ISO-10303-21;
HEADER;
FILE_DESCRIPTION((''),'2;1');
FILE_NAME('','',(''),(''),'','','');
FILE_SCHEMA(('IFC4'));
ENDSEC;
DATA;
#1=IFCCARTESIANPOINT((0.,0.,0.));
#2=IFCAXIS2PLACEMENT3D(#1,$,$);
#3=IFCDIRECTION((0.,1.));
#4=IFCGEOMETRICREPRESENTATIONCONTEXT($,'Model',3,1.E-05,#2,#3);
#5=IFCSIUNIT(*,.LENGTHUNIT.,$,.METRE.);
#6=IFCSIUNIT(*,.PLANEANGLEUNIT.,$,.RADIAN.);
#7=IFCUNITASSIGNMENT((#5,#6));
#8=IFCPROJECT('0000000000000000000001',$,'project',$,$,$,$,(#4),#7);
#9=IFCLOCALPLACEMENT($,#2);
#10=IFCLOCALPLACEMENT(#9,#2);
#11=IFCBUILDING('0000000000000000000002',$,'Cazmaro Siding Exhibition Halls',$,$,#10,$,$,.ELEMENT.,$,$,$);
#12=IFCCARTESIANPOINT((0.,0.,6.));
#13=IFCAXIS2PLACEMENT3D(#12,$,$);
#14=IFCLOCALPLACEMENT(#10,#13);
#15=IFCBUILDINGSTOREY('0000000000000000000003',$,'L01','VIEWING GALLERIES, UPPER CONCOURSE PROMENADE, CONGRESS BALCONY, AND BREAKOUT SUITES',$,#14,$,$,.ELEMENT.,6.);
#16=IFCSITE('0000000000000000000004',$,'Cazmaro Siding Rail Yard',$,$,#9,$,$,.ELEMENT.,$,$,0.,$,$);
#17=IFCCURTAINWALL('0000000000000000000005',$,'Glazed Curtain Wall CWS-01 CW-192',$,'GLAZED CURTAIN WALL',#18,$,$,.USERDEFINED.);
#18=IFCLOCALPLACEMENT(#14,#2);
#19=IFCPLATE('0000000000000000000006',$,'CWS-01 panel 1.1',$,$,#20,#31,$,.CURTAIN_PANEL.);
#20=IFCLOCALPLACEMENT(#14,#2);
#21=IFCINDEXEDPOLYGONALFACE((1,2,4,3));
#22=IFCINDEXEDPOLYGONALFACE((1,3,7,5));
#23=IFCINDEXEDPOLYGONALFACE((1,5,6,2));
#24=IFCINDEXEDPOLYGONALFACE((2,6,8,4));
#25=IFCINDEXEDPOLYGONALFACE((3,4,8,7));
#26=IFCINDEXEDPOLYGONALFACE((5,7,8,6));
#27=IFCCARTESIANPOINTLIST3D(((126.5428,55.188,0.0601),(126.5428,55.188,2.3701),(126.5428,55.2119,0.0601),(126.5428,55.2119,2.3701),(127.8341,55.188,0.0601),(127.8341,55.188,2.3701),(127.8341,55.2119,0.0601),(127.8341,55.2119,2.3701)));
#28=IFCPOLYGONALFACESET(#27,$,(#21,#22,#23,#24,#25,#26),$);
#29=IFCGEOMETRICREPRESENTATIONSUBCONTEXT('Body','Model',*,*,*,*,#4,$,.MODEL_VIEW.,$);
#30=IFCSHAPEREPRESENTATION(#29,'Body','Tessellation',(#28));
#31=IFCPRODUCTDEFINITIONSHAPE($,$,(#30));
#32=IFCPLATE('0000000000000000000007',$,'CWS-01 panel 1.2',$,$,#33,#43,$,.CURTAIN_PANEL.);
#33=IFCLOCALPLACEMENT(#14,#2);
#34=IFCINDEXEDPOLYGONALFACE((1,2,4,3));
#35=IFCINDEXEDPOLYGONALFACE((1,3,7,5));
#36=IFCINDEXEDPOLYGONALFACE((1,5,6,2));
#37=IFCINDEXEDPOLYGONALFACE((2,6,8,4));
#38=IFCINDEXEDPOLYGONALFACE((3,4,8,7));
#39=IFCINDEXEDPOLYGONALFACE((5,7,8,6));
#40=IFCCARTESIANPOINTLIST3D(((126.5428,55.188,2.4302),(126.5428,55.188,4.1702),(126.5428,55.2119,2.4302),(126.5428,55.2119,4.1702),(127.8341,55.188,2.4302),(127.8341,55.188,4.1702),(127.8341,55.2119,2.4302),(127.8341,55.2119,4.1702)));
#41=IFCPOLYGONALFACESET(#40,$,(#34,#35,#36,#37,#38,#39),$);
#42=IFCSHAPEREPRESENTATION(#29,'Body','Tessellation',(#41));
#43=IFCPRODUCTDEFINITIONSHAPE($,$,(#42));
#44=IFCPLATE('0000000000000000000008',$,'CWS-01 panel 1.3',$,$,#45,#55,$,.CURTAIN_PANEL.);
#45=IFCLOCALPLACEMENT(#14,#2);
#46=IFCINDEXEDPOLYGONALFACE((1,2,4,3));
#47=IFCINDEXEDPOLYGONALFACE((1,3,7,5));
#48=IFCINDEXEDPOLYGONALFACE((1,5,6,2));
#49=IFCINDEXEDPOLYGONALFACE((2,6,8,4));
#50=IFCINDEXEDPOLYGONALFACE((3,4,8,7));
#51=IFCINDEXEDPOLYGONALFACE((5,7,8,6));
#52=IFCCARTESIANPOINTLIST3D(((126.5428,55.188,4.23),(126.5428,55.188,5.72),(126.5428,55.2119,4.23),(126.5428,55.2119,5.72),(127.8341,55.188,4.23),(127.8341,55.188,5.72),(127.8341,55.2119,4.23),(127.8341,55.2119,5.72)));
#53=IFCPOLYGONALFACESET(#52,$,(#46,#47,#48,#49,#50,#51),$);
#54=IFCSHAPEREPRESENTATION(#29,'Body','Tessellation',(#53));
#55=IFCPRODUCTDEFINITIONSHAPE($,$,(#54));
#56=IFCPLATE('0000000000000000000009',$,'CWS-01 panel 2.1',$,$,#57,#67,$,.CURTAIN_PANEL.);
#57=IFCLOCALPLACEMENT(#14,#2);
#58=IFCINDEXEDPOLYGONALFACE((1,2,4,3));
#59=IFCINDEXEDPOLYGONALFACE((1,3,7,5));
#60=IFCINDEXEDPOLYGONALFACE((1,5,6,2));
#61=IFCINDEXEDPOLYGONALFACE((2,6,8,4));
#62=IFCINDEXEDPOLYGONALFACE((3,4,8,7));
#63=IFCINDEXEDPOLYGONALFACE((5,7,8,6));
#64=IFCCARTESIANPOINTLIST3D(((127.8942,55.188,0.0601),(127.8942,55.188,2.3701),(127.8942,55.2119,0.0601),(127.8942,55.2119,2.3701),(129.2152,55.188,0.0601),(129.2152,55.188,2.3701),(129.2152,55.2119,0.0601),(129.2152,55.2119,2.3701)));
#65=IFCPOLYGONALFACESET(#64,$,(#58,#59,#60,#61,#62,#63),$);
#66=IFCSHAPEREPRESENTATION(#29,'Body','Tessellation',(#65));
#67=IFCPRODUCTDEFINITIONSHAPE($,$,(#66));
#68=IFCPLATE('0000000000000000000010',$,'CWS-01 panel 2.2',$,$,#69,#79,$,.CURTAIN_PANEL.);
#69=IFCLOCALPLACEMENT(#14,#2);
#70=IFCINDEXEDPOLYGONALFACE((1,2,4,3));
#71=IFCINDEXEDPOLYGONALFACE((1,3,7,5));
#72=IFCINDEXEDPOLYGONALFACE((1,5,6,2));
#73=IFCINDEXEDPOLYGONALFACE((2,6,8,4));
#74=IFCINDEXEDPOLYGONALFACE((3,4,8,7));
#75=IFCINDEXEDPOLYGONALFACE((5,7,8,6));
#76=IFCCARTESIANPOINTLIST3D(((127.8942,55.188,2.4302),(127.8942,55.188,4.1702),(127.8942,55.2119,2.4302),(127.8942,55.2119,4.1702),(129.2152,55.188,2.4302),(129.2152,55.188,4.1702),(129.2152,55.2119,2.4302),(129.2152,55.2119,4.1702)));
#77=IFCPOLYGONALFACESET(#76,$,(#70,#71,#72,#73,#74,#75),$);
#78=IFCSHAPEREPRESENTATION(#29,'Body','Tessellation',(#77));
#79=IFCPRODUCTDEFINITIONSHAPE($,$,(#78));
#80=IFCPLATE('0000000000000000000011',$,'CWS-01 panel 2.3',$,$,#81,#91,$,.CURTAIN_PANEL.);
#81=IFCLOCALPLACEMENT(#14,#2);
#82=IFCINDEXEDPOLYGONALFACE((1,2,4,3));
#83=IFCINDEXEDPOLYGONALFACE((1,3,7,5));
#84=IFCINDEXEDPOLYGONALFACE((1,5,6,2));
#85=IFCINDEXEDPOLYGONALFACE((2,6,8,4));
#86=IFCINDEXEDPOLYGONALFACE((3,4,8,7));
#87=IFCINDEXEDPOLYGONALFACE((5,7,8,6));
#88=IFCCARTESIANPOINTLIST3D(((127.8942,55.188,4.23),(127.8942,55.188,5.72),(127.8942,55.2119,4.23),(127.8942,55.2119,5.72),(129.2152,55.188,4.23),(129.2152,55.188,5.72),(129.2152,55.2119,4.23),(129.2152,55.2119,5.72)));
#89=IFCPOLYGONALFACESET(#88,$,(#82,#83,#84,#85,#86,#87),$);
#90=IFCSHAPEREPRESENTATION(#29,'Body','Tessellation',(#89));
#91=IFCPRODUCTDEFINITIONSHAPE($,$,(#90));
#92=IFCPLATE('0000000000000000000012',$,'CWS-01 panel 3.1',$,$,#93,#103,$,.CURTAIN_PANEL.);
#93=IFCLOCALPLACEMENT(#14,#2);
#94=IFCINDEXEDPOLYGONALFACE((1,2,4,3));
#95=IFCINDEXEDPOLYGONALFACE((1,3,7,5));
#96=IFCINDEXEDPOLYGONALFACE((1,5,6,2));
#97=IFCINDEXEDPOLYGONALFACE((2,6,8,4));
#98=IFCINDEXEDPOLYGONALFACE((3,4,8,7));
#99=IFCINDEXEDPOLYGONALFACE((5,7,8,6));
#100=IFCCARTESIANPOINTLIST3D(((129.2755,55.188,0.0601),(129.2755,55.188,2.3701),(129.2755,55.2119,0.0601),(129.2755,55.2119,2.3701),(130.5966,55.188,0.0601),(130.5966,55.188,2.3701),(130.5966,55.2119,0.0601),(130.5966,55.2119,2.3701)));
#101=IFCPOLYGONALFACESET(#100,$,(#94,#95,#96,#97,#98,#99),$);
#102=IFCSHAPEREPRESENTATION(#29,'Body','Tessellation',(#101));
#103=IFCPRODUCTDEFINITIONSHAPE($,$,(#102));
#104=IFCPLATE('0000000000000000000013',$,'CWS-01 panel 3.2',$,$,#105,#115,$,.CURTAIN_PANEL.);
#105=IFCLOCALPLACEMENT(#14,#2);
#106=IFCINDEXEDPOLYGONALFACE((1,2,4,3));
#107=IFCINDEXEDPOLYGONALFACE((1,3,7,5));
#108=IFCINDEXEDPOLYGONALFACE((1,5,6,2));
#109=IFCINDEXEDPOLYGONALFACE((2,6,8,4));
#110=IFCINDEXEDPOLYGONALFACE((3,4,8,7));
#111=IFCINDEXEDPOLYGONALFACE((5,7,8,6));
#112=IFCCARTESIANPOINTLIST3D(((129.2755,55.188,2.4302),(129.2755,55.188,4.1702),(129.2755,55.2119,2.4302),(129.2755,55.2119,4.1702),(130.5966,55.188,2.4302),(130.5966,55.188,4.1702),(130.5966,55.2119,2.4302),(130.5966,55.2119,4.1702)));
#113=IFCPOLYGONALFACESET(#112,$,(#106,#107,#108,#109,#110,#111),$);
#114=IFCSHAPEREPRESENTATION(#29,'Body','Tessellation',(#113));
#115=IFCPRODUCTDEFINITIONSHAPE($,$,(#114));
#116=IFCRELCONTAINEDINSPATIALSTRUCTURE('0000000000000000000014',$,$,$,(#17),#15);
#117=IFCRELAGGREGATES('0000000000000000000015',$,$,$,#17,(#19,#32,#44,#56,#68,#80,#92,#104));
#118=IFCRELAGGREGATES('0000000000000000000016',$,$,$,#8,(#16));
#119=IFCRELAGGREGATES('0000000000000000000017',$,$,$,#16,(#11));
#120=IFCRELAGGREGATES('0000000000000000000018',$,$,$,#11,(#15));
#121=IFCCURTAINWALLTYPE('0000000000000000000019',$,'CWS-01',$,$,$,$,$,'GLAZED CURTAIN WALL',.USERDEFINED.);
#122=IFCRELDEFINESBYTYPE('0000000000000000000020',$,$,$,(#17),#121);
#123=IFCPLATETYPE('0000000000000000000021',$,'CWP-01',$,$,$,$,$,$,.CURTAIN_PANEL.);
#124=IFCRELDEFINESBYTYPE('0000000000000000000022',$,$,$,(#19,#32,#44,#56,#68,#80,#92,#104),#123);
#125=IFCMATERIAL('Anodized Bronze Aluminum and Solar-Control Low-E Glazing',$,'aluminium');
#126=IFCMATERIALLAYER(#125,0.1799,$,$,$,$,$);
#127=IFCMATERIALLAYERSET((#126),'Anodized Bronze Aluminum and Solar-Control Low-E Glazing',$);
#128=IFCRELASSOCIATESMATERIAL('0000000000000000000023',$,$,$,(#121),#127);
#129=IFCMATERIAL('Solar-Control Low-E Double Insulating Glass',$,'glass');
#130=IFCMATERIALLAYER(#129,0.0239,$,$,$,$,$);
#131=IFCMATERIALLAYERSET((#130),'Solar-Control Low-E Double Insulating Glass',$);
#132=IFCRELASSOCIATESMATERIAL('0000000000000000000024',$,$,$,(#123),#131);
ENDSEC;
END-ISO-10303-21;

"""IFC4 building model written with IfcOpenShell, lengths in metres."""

from ifc_helpers import new_model, si_unit, direction, frame, origin, origin_2d, place, context, subcontext, project, spatial, rectangle, extrude, material, layer, layer_set, type_object, element, aggregate, save


model = new_model("IFC4")

# Units and contexts
model_context = context("Model", 3, precision=1e-05, world=origin(), true_north=direction((0.0, 1.0)))
body_context = subcontext(model_context, "Body", "Model", "MODEL_VIEW")
ifc_project = project(units=[si_unit("LENGTHUNIT", "METRE"), si_unit("PLANEANGLEUNIT", "RADIAN")], contexts=[model_context])

# Site, building, storey
site_placement = place(None, origin())
site = spatial("IfcSite", under=ifc_project, at=site_placement, Name="Cazmaro Siding Rail Yard", CompositionType="ELEMENT", RefElevation=0.0)
building_placement = place(site_placement, origin())
building = spatial("IfcBuilding", under=site, at=building_placement, Name="Cazmaro Siding Exhibition Halls", CompositionType="ELEMENT")
storey_placement = place(building_placement, frame((0.0, 0.0, 6.0)))
storey = spatial("IfcBuildingStorey", under=building, at=storey_placement, Name="L01", Description="VIEWING GALLERIES, UPPER CONCOURSE PROMENADE, CONGRESS BALCONY, AND BREAKOUT SUITES", CompositionType="ELEMENT", Elevation=6.0)

# Curtain wall, plates
ifc_material_1 = material(Name="Anodized Bronze Aluminum and Solar-Control Low-E Glazing", Category="aluminium")
ifc_layer_1 = layer(ifc_material_1, 0.1799)
ifc_layer_set_1 = layer_set([ifc_layer_1], Name="Anodized Bronze Aluminum and Solar-Control Low-E Glazing")
curtain_wall_type = type_object("IfcCurtainWallType", Name="CWS-01", ElementType="GLAZED CURTAIN WALL", PredefinedType="USERDEFINED", material=ifc_layer_set_1)
curtain_wall_placement = place(storey_placement, origin())
curtain_wall = element("IfcCurtainWall", 1, at=curtain_wall_placement, inside=storey, type_object=curtain_wall_type, Name="Glazed Curtain Wall CWS-01 CW-192", ObjectType="GLAZED CURTAIN WALL", PredefinedType="USERDEFINED")
ifc_material_2 = material(Name="Solar-Control Low-E Double Insulating Glass", Category="glass")
ifc_layer_2 = layer(ifc_material_2, 0.0239)
ifc_layer_set_2 = layer_set([ifc_layer_2], Name="Solar-Control Low-E Double Insulating Glass")
plate_type = type_object("IfcPlateType", Name="CWP-01", PredefinedType="CURTAIN_PANEL", material=ifc_layer_set_2)
plate_1_placement = place(storey_placement, frame((127.1885, 55.2, 0.0601), z_axis=(0.0, 0.0, 1.0), x_axis=(1.0, 0.0, 0.0)))
plate_1 = element("IfcPlate", 2, at=plate_1_placement, type_object=plate_type, Name="CWS-01 panel 1.1", PredefinedType="CURTAIN_PANEL", context=body_context, shape_type="SweptSolid", body=[
    extrude(rectangle(XDim=1.2913, YDim=0.0239, at=origin_2d()), origin(), (0.0, 0.0, 1.0), 2.3101),
])
plate_2_placement = place(storey_placement, frame((127.1885, 55.2, 2.4302), z_axis=(0.0, 0.0, 1.0), x_axis=(1.0, 0.0, 0.0)))
plate_2 = element("IfcPlate", 3, at=plate_2_placement, type_object=plate_type, Name="CWS-01 panel 1.2", PredefinedType="CURTAIN_PANEL", context=body_context, shape_type="SweptSolid", body=[
    extrude(rectangle(XDim=1.2913, YDim=0.0239, at=origin_2d()), origin(), (0.0, 0.0, 1.0), 1.74),
])
plate_3_placement = place(storey_placement, frame((127.1885, 55.2, 4.23), z_axis=(0.0, 0.0, 1.0), x_axis=(1.0, 0.0, 0.0)))
plate_3 = element("IfcPlate", 4, at=plate_3_placement, type_object=plate_type, Name="CWS-01 panel 1.3", PredefinedType="CURTAIN_PANEL", context=body_context, shape_type="SweptSolid", body=[
    extrude(rectangle(XDim=1.2913, YDim=0.0239, at=origin_2d()), origin(), (0.0, 0.0, 1.0), 1.49),
])
plate_4_placement = place(storey_placement, frame((128.5547, 55.2, 0.0601), z_axis=(0.0, 0.0, 1.0), x_axis=(1.0, 0.0, 0.0)))
plate_4 = element("IfcPlate", 5, at=plate_4_placement, type_object=plate_type, Name="CWS-01 panel 2.1", PredefinedType="CURTAIN_PANEL", context=body_context, shape_type="SweptSolid", body=[
    extrude(rectangle(XDim=1.321, YDim=0.0239, at=origin_2d()), origin(), (0.0, 0.0, 1.0), 2.3101),
])
plate_5_placement = place(storey_placement, frame((128.5547, 55.2, 2.4302), z_axis=(0.0, 0.0, 1.0), x_axis=(1.0, 0.0, 0.0)))
plate_5 = element("IfcPlate", 6, at=plate_5_placement, type_object=plate_type, Name="CWS-01 panel 2.2", PredefinedType="CURTAIN_PANEL", context=body_context, shape_type="SweptSolid", body=[
    extrude(rectangle(XDim=1.321, YDim=0.0239, at=origin_2d()), origin(), (0.0, 0.0, 1.0), 1.74),
])
plate_6_placement = place(storey_placement, frame((128.5547, 55.2, 4.23), z_axis=(0.0, 0.0, 1.0), x_axis=(1.0, 0.0, 0.0)))
plate_6 = element("IfcPlate", 7, at=plate_6_placement, type_object=plate_type, Name="CWS-01 panel 2.3", PredefinedType="CURTAIN_PANEL", context=body_context, shape_type="SweptSolid", body=[
    extrude(rectangle(XDim=1.321, YDim=0.0239, at=origin_2d()), origin(), (0.0, 0.0, 1.0), 1.49),
])
plate_7_placement = place(storey_placement, frame((129.936, 55.2, 0.0601), z_axis=(0.0, 0.0, 1.0), x_axis=(1.0, 0.0, 0.0)))
plate_7 = element("IfcPlate", 8, at=plate_7_placement, type_object=plate_type, Name="CWS-01 panel 3.1", PredefinedType="CURTAIN_PANEL", context=body_context, shape_type="SweptSolid", body=[
    extrude(rectangle(XDim=1.321, YDim=0.0239, at=origin_2d()), origin(), (0.0, 0.0, 1.0), 2.3101),
])
plate_8_placement = place(storey_placement, frame((129.936, 55.2, 2.4302), z_axis=(0.0, 0.0, 1.0), x_axis=(1.0, 0.0, 0.0)))
plate_8 = element("IfcPlate", 9, at=plate_8_placement, type_object=plate_type, Name="CWS-01 panel 3.2", PredefinedType="CURTAIN_PANEL", context=body_context, shape_type="SweptSolid", body=[
    extrude(rectangle(XDim=1.321, YDim=0.0239, at=origin_2d()), origin(), (0.0, 0.0, 1.0), 1.74),
])
aggregate(curtain_wall, [plate_1, plate_2, plate_3, plate_4, plate_5, plate_6, plate_7, plate_8])

save(model, "model.ifc")
